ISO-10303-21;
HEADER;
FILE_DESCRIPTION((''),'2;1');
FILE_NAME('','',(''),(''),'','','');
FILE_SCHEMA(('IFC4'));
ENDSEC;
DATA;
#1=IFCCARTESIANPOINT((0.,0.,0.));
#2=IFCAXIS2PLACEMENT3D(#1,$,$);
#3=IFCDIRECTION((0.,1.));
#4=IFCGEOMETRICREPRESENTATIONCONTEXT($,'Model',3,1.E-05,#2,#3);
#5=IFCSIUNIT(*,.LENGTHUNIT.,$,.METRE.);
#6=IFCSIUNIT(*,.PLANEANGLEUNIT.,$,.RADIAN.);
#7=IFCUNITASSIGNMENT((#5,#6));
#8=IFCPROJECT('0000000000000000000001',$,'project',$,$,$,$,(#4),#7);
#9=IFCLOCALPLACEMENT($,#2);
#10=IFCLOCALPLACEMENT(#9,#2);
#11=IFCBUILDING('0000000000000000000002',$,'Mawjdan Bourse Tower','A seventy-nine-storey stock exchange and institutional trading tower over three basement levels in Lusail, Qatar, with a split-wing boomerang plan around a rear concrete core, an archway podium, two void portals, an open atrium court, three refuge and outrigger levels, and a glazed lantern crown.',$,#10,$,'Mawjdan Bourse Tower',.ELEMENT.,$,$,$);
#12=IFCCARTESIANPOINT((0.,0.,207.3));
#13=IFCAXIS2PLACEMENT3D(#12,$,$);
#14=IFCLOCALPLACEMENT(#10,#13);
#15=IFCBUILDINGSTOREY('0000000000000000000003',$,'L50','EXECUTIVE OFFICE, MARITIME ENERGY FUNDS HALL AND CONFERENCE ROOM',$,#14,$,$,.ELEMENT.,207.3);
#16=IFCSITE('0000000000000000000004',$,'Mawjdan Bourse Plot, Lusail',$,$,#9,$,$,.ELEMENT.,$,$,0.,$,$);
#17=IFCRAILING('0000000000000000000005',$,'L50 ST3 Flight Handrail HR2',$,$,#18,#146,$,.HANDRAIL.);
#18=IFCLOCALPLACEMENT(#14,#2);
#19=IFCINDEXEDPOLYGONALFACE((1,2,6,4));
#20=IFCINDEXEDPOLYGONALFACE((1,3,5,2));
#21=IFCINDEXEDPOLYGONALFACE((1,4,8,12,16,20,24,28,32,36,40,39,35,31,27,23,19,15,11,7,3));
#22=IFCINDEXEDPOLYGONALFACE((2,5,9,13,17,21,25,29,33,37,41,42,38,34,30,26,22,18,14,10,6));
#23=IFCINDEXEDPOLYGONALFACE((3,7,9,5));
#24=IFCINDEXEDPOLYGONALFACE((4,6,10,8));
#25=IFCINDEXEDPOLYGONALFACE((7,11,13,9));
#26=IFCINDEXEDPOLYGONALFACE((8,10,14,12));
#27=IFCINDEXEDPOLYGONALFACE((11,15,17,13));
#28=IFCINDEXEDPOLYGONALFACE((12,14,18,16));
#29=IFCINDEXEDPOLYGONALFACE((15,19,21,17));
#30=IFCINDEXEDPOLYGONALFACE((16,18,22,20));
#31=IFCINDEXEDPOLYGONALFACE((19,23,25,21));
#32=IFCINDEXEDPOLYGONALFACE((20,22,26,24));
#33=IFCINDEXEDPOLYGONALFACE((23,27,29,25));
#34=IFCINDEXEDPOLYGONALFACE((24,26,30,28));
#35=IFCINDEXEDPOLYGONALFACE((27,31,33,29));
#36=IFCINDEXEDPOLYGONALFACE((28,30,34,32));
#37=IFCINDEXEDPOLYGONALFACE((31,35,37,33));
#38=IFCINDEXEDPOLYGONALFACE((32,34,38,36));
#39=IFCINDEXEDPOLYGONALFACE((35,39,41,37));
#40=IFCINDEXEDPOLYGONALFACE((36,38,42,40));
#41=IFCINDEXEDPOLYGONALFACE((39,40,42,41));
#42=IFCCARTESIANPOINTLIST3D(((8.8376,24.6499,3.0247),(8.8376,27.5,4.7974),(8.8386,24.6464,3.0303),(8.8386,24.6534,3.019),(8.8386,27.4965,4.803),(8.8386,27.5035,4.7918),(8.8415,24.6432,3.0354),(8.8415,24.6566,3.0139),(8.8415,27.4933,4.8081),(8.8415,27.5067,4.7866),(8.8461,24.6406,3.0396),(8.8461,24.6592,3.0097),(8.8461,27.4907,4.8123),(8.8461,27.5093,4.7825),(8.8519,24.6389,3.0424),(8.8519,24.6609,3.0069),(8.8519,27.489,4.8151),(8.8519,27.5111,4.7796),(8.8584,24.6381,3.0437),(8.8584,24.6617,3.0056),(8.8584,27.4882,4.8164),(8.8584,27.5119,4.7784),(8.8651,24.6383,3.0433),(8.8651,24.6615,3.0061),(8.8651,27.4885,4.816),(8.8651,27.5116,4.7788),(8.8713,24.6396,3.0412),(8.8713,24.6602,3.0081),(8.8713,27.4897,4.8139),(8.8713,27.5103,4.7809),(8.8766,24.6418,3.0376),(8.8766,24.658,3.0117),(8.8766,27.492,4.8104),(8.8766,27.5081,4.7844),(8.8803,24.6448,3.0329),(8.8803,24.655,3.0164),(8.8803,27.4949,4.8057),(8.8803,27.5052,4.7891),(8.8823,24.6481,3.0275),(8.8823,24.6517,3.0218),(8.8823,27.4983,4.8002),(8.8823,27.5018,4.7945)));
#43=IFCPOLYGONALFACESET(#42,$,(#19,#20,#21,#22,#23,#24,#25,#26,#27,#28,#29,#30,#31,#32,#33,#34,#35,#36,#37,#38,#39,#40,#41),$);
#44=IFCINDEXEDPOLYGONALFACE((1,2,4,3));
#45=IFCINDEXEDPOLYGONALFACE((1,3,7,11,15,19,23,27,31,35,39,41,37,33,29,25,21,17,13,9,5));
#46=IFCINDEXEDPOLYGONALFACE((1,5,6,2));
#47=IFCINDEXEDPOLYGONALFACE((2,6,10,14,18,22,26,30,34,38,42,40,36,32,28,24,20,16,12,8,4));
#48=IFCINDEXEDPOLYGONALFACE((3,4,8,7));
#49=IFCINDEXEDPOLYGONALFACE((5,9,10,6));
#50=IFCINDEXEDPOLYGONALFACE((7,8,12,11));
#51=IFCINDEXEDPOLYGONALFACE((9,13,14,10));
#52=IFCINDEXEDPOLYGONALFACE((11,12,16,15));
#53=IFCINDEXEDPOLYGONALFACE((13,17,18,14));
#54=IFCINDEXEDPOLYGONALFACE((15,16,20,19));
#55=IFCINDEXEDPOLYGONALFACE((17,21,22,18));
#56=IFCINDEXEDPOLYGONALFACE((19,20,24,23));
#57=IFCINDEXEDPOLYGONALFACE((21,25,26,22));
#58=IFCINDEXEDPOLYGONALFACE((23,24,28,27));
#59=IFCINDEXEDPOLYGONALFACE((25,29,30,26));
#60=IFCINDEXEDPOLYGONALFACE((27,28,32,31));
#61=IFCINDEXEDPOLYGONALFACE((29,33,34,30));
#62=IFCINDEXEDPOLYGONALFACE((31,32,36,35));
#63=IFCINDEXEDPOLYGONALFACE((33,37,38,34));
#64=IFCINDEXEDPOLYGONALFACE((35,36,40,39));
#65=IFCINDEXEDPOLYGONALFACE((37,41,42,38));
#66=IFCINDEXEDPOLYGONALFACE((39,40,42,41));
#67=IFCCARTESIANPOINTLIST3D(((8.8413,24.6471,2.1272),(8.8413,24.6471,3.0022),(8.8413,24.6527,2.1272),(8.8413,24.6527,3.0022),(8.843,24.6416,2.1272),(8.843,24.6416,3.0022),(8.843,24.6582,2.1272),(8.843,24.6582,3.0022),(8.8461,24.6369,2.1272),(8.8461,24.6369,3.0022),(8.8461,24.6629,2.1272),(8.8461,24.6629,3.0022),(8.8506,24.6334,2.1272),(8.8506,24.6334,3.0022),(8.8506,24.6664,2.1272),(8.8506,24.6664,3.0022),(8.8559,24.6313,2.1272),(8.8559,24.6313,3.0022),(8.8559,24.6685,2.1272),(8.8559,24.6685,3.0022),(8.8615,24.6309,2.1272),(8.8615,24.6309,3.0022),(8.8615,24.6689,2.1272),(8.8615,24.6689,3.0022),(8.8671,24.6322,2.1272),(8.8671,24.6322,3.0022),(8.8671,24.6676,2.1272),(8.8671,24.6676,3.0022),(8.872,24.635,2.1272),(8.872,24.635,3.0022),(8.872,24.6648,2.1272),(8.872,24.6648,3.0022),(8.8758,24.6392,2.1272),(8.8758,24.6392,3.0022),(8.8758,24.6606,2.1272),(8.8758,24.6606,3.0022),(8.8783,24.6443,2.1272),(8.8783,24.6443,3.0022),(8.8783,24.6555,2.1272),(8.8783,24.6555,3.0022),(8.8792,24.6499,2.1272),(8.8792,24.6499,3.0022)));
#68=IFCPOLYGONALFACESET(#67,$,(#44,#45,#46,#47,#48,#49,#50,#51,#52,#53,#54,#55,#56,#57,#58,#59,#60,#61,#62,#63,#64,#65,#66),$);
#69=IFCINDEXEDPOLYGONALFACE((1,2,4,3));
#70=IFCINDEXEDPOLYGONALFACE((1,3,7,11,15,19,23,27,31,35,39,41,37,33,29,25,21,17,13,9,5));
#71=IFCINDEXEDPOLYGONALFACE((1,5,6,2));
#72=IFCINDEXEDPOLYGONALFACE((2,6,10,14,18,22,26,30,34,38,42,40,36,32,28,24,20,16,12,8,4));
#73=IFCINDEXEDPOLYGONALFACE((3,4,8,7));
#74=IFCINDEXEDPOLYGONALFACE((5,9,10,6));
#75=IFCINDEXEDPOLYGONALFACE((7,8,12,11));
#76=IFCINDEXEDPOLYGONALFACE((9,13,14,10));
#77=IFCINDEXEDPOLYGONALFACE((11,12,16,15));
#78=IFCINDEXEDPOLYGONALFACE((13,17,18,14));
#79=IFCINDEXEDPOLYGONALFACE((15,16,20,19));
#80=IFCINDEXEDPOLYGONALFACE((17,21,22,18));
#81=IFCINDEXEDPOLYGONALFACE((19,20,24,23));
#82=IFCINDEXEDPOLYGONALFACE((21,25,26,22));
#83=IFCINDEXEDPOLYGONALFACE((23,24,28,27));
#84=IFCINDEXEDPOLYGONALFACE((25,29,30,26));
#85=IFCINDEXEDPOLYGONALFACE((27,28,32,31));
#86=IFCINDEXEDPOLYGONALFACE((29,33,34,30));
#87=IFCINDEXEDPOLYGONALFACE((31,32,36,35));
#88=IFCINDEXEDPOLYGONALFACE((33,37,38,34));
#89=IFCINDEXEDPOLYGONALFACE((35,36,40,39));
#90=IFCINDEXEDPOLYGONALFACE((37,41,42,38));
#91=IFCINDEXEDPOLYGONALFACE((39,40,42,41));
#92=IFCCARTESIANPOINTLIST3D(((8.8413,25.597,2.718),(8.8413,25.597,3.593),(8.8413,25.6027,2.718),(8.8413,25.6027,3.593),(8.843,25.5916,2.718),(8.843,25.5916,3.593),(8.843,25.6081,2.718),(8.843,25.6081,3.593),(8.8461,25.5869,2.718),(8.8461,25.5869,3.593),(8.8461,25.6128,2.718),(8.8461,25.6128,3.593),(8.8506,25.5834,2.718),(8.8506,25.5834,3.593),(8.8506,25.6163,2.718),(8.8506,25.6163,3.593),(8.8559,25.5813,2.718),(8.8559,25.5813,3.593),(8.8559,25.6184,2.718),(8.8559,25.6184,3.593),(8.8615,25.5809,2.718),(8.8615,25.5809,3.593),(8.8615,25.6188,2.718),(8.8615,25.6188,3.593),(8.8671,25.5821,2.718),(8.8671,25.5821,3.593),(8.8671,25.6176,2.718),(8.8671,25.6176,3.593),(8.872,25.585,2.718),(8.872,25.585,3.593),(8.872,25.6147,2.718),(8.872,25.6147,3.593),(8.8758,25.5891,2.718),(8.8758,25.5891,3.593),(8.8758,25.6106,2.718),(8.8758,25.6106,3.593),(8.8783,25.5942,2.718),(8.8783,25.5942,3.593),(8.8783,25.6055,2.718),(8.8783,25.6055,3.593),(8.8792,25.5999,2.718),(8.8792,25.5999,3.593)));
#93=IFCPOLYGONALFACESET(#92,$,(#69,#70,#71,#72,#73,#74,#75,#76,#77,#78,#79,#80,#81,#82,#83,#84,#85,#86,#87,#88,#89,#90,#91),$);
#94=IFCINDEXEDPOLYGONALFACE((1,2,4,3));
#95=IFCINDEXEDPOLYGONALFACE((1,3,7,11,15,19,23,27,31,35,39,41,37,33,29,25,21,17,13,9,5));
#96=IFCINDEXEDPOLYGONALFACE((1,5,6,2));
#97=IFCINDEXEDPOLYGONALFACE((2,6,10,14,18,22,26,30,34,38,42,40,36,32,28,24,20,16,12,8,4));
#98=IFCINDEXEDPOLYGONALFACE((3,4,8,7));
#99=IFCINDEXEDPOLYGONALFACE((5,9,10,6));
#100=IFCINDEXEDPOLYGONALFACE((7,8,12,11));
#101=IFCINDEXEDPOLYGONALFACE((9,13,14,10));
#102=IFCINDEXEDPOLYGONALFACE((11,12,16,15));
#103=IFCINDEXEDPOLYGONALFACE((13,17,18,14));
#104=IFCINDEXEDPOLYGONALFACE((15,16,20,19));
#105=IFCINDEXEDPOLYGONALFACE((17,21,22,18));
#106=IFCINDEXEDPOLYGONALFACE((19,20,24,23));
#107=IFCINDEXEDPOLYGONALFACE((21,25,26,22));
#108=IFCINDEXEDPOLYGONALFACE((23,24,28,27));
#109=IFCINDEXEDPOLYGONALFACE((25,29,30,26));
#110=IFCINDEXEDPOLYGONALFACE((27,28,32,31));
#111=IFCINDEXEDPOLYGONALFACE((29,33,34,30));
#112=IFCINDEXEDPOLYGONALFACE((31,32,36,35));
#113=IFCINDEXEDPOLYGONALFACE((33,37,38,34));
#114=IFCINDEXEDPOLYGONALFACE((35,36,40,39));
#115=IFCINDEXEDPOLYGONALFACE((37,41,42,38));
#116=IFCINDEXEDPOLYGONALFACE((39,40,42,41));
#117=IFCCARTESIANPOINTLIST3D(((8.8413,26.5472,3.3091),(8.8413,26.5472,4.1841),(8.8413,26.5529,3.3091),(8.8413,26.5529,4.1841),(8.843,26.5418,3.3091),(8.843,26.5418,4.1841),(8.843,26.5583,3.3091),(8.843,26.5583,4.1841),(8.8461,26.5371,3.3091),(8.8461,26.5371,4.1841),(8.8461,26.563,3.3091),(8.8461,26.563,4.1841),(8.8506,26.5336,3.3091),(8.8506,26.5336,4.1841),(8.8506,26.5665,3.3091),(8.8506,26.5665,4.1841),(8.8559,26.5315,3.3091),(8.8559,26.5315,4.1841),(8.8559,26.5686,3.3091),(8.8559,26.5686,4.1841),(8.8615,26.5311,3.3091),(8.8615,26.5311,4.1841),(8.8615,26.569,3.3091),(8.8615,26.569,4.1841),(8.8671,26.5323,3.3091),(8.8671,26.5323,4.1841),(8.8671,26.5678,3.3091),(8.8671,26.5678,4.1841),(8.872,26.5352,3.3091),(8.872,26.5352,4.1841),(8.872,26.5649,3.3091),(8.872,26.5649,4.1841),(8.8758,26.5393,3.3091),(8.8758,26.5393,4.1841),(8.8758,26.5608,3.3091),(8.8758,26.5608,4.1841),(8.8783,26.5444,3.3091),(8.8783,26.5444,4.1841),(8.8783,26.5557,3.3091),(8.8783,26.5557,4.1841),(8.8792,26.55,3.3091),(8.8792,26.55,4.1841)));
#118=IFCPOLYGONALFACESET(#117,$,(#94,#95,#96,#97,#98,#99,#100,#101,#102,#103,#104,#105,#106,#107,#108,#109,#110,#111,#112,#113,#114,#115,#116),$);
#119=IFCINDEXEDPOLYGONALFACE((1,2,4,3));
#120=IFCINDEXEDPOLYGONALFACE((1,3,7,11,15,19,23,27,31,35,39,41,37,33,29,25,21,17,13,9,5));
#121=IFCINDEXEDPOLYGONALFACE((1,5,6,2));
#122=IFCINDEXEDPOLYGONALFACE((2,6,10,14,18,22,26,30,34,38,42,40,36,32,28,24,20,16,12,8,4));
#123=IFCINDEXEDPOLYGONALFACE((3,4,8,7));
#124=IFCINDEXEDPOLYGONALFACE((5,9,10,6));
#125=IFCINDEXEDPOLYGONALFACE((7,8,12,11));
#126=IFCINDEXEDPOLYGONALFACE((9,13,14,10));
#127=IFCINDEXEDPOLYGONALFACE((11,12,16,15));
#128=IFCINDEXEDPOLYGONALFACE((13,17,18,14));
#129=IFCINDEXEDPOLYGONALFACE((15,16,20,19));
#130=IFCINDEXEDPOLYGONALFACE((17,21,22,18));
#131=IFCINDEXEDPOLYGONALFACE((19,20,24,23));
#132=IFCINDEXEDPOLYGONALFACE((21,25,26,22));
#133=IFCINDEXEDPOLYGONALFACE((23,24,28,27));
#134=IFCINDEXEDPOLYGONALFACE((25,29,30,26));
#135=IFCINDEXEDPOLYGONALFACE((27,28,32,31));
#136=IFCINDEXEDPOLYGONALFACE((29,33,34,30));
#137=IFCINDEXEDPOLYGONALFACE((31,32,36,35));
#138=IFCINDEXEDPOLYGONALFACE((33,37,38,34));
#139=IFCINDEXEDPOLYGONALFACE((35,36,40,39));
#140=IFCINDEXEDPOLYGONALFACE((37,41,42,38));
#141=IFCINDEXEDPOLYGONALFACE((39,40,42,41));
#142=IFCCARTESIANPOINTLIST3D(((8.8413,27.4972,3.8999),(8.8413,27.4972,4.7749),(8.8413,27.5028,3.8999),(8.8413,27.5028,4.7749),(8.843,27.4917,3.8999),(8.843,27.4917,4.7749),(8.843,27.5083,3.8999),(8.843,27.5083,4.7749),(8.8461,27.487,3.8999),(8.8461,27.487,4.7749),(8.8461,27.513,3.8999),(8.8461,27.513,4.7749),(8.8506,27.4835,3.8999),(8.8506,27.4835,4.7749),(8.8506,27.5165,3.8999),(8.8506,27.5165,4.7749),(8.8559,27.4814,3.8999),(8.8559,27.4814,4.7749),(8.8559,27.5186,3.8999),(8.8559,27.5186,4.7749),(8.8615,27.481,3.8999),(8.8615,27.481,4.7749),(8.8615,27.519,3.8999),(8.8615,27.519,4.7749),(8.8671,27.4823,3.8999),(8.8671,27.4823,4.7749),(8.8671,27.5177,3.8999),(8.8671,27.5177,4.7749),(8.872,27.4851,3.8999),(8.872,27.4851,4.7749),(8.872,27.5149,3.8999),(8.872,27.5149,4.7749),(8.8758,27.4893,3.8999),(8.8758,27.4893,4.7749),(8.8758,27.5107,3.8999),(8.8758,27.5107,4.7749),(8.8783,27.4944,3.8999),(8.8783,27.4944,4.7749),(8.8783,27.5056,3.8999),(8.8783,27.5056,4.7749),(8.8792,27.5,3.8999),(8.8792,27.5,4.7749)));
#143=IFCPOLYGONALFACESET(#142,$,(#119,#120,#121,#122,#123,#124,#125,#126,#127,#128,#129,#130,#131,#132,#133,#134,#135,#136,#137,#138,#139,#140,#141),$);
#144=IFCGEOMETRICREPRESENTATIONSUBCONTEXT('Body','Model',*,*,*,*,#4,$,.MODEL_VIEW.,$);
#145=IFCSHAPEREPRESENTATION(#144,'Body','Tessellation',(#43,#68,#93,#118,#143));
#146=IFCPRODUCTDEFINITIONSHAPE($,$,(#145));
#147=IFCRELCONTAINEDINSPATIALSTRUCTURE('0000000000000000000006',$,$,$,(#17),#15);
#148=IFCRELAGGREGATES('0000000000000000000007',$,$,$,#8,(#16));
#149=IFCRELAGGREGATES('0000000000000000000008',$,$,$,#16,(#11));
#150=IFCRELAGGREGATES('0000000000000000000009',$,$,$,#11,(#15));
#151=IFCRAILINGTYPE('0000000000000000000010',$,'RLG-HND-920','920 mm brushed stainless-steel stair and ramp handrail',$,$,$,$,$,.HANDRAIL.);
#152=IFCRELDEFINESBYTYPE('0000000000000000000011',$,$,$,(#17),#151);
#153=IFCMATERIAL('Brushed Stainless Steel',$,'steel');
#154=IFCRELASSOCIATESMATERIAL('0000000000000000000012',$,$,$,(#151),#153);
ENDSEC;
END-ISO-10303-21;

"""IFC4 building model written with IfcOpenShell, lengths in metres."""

from ifc_helpers import new_model, si_unit, direction, frame, origin, origin_2d, place, context, subcontext, project, spatial, circle, extrude, material, type_object, element, save


model = new_model("IFC4")

# Units and contexts
model_context = context("Model", 3, precision=1e-05, world=origin(), true_north=direction((0.0, 1.0)))
body_context = subcontext(model_context, "Body", "Model", "MODEL_VIEW")
ifc_project = project(units=[si_unit("LENGTHUNIT", "METRE"), si_unit("PLANEANGLEUNIT", "RADIAN")], contexts=[model_context])

# Site, building, storey
site_placement = place(None, origin())
site = spatial("IfcSite", under=ifc_project, at=site_placement, Name="Mawjdan Bourse Plot, Lusail", CompositionType="ELEMENT", RefElevation=0.0)
building_placement = place(site_placement, origin())
building = spatial("IfcBuilding", under=site, at=building_placement, Name="Mawjdan Bourse Tower", Description="A seventy-nine-storey stock exchange and institutional trading tower over three basement levels in Lusail, Qatar, with a split-wing boomerang plan around a rear concrete core, an archway podium, two void portals, an open atrium court, three refuge and outrigger levels, and a glazed lantern crown.", LongName="Mawjdan Bourse Tower", CompositionType="ELEMENT")
storey_placement = place(building_placement, frame((0.0, 0.0, 207.3)))
storey = spatial("IfcBuildingStorey", under=building, at=storey_placement, Name="L50", Description="EXECUTIVE OFFICE, MARITIME ENERGY FUNDS HALL AND CONFERENCE ROOM", CompositionType="ELEMENT", Elevation=207.3)

# Railing
ifc_material_1 = material(Name="Brushed Stainless Steel", Category="steel")
railing_type_1 = type_object("IfcRailingType", Name="RLG-HND-920", Description="920 mm brushed stainless-steel stair and ramp handrail", PredefinedType="HANDRAIL", material=ifc_material_1)
railing_1_placement = place(storey_placement, frame((8.8601, 24.6499, 2.1272)))
element("IfcRailing", 1, at=railing_1_placement, inside=storey, type_object=railing_type_1, Name="L50 ST3 Flight Handrail HR2", PredefinedType="HANDRAIL", context=body_context, shape_type="SweptSolid", body=[
    extrude(circle(Radius=0.0225, at=origin_2d()), frame((0.0, 0.0, 0.8975), z_axis=(0.0, 0.849149, 0.528154), x_axis=(-1.0, 0.0, 0.0)), (0.0, 0.0, 1.0), 3.3564),
    extrude(circle(Radius=0.019, at=origin_2d()), origin(), (0.0, 0.0, 1.0), 0.875),
    extrude(circle(Radius=0.019, at=origin_2d()), frame((0.0, 0.95, 0.5908)), (0.0, 0.0, 1.0), 0.875),
    extrude(circle(Radius=0.019, at=origin_2d()), frame((0.0, 1.9001, 1.1819)), (0.0, 0.0, 1.0), 0.875),
    extrude(circle(Radius=0.019, at=origin_2d()), frame((0.0, 2.8501, 1.7727)), (0.0, 0.0, 1.0), 0.875),
])

save(model, "model.ifc")
